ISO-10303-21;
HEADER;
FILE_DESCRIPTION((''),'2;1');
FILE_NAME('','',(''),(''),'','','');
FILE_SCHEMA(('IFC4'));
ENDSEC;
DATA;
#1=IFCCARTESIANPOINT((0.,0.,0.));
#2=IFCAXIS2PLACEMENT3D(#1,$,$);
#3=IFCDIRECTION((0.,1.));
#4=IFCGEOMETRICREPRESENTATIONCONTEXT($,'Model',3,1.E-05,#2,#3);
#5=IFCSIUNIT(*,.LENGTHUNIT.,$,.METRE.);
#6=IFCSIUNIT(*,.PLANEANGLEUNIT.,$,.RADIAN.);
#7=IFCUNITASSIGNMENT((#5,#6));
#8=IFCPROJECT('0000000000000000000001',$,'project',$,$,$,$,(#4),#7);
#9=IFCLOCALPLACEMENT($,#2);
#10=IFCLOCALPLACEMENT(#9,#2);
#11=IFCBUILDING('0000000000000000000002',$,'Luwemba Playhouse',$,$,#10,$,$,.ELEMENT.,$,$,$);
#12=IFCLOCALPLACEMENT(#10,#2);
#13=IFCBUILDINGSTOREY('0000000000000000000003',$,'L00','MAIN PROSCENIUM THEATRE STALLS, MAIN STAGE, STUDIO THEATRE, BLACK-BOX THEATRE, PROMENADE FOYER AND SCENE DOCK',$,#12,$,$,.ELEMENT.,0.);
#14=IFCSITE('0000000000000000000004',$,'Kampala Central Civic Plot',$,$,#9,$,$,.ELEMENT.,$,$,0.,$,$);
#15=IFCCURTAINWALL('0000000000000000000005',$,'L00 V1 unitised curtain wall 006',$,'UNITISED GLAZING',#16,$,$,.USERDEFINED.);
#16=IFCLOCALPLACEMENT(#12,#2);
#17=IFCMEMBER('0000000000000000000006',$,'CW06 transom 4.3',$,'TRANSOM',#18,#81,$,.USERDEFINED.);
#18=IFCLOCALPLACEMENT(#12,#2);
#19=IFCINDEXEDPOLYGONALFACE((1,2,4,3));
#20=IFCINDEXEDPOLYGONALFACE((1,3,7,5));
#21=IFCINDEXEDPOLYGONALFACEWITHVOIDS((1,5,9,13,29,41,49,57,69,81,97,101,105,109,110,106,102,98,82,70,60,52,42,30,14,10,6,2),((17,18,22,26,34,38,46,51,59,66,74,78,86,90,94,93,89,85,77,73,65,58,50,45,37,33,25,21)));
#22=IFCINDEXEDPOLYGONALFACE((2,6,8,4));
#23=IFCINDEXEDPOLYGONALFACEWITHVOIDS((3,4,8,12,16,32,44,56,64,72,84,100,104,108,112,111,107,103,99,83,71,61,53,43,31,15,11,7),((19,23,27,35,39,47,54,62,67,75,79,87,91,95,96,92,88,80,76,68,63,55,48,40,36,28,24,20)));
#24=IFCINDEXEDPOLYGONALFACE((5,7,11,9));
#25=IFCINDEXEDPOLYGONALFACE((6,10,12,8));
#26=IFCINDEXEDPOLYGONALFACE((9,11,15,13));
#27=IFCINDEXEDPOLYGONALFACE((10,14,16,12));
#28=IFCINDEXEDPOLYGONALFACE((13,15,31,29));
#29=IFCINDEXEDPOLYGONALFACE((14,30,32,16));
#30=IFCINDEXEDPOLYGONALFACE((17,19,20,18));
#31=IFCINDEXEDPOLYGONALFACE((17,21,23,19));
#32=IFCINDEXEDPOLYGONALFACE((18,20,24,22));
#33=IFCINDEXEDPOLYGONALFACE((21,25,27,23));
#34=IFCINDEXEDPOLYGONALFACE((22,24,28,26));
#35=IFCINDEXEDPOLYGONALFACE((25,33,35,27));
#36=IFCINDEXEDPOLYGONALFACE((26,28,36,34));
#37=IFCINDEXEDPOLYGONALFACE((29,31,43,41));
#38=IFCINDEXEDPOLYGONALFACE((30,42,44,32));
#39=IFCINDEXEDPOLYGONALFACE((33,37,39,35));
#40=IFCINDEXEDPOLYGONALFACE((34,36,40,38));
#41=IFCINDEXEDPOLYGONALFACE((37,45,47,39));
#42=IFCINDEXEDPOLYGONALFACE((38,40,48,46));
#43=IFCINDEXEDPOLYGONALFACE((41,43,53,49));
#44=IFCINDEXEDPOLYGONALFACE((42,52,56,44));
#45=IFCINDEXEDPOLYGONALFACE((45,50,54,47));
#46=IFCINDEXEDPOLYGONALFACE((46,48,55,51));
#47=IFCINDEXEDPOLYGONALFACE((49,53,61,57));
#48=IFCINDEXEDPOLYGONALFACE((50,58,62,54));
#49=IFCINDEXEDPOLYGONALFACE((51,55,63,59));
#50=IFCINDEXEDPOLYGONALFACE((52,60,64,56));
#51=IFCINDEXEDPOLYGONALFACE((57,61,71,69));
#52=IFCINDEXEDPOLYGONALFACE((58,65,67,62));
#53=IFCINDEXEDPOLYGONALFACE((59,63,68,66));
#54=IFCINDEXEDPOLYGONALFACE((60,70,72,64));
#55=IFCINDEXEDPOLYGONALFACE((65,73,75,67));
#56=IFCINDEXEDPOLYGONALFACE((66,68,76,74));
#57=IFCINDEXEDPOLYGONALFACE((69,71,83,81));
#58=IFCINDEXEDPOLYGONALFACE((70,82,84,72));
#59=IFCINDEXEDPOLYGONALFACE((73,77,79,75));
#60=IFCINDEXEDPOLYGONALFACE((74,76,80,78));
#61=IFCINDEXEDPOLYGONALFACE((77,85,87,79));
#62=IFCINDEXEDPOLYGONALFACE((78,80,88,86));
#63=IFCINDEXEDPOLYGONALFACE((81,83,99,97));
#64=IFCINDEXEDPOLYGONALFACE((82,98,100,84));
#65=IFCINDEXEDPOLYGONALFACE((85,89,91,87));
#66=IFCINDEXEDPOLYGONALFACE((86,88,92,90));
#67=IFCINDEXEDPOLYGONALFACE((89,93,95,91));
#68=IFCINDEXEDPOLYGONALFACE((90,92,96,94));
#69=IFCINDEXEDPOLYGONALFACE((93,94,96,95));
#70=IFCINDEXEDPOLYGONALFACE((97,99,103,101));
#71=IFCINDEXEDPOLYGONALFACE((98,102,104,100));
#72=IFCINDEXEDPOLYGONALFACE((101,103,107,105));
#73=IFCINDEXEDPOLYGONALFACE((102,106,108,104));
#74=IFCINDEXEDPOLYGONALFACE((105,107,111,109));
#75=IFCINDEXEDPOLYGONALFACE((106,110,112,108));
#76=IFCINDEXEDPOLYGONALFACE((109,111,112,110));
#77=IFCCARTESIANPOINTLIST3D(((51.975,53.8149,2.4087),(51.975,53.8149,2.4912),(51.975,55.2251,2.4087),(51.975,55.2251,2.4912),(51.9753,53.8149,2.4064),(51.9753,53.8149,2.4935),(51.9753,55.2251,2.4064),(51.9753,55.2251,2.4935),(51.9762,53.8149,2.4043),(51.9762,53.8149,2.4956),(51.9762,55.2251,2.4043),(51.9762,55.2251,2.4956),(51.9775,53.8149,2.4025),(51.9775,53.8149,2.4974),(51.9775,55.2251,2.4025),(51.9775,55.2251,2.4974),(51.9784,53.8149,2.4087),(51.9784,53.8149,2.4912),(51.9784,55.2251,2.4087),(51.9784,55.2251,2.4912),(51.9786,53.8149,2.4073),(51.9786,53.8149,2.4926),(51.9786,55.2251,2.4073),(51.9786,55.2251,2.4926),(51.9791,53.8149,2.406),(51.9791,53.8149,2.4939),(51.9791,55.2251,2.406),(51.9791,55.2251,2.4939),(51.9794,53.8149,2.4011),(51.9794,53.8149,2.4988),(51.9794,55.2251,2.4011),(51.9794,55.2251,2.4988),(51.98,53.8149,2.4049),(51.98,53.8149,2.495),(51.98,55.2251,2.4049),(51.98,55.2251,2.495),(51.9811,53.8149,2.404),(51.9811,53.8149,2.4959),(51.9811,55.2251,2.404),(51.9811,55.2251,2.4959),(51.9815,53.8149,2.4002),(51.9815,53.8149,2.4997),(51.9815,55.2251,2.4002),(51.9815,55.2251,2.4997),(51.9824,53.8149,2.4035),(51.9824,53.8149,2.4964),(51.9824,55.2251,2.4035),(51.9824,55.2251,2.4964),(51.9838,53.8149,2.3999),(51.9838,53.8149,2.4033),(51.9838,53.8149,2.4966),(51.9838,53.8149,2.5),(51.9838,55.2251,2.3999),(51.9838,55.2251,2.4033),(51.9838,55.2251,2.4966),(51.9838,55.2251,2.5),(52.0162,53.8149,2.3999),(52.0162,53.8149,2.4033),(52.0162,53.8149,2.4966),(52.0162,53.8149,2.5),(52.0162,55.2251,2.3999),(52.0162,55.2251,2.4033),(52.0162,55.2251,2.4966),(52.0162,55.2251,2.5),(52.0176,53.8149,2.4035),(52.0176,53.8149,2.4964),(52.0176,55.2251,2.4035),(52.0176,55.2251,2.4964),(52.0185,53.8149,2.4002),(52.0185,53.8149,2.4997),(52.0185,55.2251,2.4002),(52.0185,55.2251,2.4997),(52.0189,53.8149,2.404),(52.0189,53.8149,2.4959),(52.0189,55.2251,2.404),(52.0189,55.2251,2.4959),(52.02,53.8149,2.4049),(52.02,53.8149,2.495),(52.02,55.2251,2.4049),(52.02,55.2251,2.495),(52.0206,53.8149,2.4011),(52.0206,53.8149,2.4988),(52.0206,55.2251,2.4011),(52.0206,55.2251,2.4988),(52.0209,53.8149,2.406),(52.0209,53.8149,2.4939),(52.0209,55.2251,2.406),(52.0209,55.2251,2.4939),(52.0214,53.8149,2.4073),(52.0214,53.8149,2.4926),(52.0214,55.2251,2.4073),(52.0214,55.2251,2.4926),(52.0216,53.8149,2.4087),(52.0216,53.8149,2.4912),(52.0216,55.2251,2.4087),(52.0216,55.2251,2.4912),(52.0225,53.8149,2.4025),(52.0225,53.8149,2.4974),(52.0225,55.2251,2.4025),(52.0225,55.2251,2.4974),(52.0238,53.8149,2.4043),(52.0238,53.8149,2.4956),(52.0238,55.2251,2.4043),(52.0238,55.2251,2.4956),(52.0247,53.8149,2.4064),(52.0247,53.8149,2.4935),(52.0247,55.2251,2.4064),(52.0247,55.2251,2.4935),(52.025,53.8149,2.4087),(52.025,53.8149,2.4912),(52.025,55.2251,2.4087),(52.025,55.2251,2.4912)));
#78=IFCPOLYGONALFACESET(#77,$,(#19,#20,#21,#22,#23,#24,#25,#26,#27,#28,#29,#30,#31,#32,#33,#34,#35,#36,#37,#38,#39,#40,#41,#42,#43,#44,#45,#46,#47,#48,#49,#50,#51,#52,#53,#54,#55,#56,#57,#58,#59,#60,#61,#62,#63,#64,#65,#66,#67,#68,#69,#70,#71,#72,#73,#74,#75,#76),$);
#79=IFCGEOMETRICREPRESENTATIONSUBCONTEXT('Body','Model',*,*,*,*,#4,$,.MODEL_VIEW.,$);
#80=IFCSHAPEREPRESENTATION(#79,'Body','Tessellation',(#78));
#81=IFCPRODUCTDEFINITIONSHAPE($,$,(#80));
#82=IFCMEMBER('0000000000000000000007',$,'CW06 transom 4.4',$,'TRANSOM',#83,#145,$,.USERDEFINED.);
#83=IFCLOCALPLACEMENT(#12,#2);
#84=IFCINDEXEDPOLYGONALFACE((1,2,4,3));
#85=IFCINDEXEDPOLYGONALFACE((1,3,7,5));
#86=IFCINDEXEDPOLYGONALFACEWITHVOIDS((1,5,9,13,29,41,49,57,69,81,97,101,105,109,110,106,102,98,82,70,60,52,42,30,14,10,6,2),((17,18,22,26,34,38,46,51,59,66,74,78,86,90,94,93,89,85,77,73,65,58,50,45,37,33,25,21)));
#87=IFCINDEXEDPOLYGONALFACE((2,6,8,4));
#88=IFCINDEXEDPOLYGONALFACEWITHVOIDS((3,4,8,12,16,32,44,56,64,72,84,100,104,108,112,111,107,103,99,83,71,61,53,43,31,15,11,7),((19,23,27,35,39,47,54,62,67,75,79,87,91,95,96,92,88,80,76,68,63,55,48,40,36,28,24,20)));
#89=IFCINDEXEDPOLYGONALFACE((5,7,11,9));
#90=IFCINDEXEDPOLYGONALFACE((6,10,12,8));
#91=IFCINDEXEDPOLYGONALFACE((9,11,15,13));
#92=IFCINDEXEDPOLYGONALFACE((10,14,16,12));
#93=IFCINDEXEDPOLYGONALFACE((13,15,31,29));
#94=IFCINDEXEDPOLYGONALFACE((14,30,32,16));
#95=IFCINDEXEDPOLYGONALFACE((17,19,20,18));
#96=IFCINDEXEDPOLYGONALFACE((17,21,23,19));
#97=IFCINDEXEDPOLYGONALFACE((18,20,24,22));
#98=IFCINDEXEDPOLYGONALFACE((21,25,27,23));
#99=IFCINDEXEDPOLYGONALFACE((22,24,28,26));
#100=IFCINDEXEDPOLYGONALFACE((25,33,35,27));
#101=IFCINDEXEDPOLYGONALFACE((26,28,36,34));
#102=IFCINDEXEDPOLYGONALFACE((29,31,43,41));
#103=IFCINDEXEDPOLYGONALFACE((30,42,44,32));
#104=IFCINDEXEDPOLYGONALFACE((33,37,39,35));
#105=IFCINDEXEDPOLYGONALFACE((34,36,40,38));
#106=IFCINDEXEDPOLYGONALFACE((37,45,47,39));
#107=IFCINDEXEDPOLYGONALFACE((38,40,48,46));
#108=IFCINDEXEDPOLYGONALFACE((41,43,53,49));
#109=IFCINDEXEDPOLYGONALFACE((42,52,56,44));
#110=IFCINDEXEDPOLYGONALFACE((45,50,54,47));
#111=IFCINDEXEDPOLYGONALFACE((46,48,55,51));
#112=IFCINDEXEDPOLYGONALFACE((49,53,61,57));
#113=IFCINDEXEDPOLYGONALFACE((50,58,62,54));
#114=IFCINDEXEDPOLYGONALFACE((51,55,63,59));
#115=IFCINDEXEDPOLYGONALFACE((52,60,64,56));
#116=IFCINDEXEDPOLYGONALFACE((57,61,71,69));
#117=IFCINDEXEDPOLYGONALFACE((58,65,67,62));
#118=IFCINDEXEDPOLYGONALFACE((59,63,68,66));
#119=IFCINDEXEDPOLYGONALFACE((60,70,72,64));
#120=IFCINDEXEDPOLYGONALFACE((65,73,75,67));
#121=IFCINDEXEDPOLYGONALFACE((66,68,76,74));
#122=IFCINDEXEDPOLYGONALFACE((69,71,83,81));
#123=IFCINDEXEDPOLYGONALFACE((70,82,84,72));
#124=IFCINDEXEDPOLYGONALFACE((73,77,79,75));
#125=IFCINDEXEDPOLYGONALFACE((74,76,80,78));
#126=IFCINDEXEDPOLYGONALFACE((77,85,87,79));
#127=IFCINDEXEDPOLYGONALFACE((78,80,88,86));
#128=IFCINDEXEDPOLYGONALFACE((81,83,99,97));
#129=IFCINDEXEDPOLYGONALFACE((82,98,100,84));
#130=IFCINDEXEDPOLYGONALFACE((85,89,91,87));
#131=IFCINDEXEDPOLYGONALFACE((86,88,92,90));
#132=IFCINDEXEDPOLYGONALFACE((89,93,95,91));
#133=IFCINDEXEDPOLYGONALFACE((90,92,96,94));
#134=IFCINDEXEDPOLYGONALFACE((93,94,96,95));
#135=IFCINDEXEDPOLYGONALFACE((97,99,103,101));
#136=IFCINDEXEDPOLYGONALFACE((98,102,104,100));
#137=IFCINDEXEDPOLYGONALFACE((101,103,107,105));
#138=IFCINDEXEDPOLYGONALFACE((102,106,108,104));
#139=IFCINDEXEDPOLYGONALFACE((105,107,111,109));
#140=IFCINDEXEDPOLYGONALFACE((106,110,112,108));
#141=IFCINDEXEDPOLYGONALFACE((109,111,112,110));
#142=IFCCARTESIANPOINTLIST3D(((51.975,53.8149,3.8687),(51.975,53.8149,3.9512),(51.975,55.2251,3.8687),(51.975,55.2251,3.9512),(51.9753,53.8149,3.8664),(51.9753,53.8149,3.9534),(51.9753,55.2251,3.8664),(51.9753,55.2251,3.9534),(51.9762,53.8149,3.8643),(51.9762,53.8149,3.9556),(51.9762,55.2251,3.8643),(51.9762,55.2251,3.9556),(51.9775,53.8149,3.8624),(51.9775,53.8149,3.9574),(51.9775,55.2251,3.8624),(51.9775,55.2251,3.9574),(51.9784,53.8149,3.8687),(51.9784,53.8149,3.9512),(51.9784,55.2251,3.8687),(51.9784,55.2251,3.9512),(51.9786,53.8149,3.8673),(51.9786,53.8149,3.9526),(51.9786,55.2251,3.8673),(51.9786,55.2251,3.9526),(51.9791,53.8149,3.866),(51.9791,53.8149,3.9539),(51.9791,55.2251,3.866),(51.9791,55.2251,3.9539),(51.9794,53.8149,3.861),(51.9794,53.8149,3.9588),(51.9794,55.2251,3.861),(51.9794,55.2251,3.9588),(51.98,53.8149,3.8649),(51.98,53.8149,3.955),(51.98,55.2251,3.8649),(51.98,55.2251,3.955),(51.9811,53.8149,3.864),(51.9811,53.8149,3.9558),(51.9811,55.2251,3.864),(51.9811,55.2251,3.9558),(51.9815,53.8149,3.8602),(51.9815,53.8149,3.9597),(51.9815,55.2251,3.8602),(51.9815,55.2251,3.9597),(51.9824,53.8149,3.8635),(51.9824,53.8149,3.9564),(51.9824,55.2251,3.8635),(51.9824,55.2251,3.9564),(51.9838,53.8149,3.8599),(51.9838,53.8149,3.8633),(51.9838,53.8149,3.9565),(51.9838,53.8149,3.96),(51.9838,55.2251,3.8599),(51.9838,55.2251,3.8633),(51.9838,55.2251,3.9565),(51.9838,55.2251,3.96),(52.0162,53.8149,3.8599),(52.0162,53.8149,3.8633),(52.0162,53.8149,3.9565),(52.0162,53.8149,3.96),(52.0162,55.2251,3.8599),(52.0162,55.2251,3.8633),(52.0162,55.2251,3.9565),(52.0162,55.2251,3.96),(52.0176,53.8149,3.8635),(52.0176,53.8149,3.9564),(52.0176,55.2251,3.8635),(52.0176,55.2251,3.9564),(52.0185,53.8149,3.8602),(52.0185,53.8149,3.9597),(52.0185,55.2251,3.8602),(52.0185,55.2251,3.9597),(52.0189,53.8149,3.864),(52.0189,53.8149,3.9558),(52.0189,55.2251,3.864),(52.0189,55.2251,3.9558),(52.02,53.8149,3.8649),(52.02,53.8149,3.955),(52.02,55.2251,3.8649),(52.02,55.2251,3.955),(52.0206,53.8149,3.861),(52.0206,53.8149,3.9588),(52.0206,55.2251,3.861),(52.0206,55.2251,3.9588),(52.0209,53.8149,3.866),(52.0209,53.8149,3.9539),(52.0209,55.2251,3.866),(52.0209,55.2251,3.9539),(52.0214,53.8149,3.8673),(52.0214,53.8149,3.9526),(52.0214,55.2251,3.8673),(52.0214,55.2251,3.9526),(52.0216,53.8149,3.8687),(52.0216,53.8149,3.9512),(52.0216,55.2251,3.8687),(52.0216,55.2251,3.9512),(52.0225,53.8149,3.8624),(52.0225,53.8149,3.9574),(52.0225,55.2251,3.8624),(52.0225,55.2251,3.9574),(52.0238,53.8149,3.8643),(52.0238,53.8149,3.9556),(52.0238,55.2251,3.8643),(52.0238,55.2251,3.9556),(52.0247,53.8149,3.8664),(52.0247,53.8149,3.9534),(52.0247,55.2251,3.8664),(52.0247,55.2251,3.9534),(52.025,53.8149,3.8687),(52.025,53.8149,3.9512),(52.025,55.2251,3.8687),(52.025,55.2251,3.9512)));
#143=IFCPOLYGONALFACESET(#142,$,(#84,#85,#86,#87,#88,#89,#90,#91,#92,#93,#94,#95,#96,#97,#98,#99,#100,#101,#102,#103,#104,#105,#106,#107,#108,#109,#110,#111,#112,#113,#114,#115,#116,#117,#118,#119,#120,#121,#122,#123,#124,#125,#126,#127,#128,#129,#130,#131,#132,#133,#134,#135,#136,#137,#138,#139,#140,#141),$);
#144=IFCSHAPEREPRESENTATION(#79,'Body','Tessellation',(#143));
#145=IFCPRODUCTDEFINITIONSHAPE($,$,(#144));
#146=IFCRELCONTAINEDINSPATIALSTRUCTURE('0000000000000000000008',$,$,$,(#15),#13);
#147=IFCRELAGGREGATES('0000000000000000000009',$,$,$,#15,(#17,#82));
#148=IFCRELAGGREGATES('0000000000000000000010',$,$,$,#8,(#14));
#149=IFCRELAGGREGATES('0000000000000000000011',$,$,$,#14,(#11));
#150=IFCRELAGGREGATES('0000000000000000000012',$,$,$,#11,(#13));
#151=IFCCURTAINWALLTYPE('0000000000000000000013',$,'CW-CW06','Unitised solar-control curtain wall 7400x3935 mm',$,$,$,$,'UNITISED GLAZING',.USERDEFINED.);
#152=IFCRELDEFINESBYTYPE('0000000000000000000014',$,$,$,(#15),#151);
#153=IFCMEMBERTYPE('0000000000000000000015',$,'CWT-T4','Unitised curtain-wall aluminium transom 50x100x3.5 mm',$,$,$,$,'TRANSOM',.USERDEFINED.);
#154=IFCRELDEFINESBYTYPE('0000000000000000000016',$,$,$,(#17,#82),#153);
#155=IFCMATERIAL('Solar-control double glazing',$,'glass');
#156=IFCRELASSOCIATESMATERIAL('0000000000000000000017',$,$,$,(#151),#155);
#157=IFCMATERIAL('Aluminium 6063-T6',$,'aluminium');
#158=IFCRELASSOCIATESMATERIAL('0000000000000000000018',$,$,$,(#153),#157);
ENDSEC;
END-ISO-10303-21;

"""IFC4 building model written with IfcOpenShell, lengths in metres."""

from ifc_helpers import new_model, si_unit, direction, frame, origin, origin_2d, place, context, subcontext, project, spatial, hollow_rectangle, extrude, material, material_profile, profile_set, type_object, element, aggregate, save


model = new_model("IFC4")

# Units and contexts
model_context = context("Model", 3, precision=1e-05, world=origin(), true_north=direction((0.0, 1.0)))
body_context = subcontext(model_context, "Body", "Model", "MODEL_VIEW")
ifc_project = project(units=[si_unit("LENGTHUNIT", "METRE"), si_unit("PLANEANGLEUNIT", "RADIAN")], contexts=[model_context])

# Site, building, storey
site_placement = place(None, origin())
site = spatial("IfcSite", under=ifc_project, at=site_placement, Name="Kampala Central Civic Plot", CompositionType="ELEMENT", RefElevation=0.0)
building_placement = place(site_placement, origin())
building = spatial("IfcBuilding", under=site, at=building_placement, Name="Luwemba Playhouse", CompositionType="ELEMENT")
storey_placement = place(building_placement, origin())
storey = spatial("IfcBuildingStorey", under=building, at=storey_placement, Name="L00", Description="MAIN PROSCENIUM THEATRE STALLS, MAIN STAGE, STUDIO THEATRE, BLACK-BOX THEATRE, PROMENADE FOYER AND SCENE DOCK", CompositionType="ELEMENT", Elevation=0.0)

# Curtain wall, members
ifc_material_1 = material(Name="Solar-control double glazing", Category="glass")
curtain_wall_type = type_object("IfcCurtainWallType", Name="CW-CW06", Description="Unitised solar-control curtain wall 7400x3935 mm", ElementType="UNITISED GLAZING", PredefinedType="USERDEFINED", material=ifc_material_1)
curtain_wall_placement = place(storey_placement, origin())
curtain_wall = element("IfcCurtainWall", 1, at=curtain_wall_placement, inside=storey, type_object=curtain_wall_type, Name="L00 V1 unitised curtain wall 006", ObjectType="UNITISED GLAZING", PredefinedType="USERDEFINED")
ifc_material_2 = material(Name="Aluminium 6063-T6", Category="aluminium")
ifc_material_profile_1 = material_profile(ifc_material_2, hollow_rectangle(XDim=0.05, YDim=0.1001, WallThickness=0.0034, InnerFilletRadius=0.0054, OuterFilletRadius=0.0088, at=origin_2d()))
ifc_profile_set_1 = profile_set([ifc_material_profile_1], Name="Aluminium 6063-T6")
member_type_1 = type_object("IfcMemberType", Name="CWT-T4", Description="Unitised curtain-wall aluminium transom 50x100x3.5 mm", ElementType="TRANSOM", PredefinedType="USERDEFINED", material=ifc_profile_set_1)
member_1_placement = place(storey_placement, frame((52.0, 55.2251, 2.45), z_axis=(0.0, -1.0, 0.0), x_axis=(1.0, 0.0, 0.0)))
member_1 = element("IfcMember", 2, at=member_1_placement, type_object=member_type_1, Name="CW06 transom 4.3", ObjectType="TRANSOM", PredefinedType="USERDEFINED", context=body_context, shape_type="SweptSolid", body=[
    extrude(hollow_rectangle(XDim=0.05, YDim=0.1001, WallThickness=0.0034, InnerFilletRadius=0.0054, OuterFilletRadius=0.0088, at=origin_2d()), origin(), (0.0, 0.0, 1.0), 1.4102),
])
member_2_placement = place(storey_placement, frame((52.0, 55.2251, 3.9099), z_axis=(0.0, -1.0, 0.0), x_axis=(1.0, 0.0, 0.0)))
member_2 = element("IfcMember", 3, at=member_2_placement, type_object=member_type_1, Name="CW06 transom 4.4", ObjectType="TRANSOM", PredefinedType="USERDEFINED", context=body_context, shape_type="SweptSolid", body=[
    extrude(hollow_rectangle(XDim=0.05, YDim=0.1001, WallThickness=0.0034, InnerFilletRadius=0.0054, OuterFilletRadius=0.0088, at=origin_2d()), origin(), (0.0, 0.0, 1.0), 1.4102),
])
aggregate(curtain_wall, [member_1, member_2])

save(model, "model.ifc")
